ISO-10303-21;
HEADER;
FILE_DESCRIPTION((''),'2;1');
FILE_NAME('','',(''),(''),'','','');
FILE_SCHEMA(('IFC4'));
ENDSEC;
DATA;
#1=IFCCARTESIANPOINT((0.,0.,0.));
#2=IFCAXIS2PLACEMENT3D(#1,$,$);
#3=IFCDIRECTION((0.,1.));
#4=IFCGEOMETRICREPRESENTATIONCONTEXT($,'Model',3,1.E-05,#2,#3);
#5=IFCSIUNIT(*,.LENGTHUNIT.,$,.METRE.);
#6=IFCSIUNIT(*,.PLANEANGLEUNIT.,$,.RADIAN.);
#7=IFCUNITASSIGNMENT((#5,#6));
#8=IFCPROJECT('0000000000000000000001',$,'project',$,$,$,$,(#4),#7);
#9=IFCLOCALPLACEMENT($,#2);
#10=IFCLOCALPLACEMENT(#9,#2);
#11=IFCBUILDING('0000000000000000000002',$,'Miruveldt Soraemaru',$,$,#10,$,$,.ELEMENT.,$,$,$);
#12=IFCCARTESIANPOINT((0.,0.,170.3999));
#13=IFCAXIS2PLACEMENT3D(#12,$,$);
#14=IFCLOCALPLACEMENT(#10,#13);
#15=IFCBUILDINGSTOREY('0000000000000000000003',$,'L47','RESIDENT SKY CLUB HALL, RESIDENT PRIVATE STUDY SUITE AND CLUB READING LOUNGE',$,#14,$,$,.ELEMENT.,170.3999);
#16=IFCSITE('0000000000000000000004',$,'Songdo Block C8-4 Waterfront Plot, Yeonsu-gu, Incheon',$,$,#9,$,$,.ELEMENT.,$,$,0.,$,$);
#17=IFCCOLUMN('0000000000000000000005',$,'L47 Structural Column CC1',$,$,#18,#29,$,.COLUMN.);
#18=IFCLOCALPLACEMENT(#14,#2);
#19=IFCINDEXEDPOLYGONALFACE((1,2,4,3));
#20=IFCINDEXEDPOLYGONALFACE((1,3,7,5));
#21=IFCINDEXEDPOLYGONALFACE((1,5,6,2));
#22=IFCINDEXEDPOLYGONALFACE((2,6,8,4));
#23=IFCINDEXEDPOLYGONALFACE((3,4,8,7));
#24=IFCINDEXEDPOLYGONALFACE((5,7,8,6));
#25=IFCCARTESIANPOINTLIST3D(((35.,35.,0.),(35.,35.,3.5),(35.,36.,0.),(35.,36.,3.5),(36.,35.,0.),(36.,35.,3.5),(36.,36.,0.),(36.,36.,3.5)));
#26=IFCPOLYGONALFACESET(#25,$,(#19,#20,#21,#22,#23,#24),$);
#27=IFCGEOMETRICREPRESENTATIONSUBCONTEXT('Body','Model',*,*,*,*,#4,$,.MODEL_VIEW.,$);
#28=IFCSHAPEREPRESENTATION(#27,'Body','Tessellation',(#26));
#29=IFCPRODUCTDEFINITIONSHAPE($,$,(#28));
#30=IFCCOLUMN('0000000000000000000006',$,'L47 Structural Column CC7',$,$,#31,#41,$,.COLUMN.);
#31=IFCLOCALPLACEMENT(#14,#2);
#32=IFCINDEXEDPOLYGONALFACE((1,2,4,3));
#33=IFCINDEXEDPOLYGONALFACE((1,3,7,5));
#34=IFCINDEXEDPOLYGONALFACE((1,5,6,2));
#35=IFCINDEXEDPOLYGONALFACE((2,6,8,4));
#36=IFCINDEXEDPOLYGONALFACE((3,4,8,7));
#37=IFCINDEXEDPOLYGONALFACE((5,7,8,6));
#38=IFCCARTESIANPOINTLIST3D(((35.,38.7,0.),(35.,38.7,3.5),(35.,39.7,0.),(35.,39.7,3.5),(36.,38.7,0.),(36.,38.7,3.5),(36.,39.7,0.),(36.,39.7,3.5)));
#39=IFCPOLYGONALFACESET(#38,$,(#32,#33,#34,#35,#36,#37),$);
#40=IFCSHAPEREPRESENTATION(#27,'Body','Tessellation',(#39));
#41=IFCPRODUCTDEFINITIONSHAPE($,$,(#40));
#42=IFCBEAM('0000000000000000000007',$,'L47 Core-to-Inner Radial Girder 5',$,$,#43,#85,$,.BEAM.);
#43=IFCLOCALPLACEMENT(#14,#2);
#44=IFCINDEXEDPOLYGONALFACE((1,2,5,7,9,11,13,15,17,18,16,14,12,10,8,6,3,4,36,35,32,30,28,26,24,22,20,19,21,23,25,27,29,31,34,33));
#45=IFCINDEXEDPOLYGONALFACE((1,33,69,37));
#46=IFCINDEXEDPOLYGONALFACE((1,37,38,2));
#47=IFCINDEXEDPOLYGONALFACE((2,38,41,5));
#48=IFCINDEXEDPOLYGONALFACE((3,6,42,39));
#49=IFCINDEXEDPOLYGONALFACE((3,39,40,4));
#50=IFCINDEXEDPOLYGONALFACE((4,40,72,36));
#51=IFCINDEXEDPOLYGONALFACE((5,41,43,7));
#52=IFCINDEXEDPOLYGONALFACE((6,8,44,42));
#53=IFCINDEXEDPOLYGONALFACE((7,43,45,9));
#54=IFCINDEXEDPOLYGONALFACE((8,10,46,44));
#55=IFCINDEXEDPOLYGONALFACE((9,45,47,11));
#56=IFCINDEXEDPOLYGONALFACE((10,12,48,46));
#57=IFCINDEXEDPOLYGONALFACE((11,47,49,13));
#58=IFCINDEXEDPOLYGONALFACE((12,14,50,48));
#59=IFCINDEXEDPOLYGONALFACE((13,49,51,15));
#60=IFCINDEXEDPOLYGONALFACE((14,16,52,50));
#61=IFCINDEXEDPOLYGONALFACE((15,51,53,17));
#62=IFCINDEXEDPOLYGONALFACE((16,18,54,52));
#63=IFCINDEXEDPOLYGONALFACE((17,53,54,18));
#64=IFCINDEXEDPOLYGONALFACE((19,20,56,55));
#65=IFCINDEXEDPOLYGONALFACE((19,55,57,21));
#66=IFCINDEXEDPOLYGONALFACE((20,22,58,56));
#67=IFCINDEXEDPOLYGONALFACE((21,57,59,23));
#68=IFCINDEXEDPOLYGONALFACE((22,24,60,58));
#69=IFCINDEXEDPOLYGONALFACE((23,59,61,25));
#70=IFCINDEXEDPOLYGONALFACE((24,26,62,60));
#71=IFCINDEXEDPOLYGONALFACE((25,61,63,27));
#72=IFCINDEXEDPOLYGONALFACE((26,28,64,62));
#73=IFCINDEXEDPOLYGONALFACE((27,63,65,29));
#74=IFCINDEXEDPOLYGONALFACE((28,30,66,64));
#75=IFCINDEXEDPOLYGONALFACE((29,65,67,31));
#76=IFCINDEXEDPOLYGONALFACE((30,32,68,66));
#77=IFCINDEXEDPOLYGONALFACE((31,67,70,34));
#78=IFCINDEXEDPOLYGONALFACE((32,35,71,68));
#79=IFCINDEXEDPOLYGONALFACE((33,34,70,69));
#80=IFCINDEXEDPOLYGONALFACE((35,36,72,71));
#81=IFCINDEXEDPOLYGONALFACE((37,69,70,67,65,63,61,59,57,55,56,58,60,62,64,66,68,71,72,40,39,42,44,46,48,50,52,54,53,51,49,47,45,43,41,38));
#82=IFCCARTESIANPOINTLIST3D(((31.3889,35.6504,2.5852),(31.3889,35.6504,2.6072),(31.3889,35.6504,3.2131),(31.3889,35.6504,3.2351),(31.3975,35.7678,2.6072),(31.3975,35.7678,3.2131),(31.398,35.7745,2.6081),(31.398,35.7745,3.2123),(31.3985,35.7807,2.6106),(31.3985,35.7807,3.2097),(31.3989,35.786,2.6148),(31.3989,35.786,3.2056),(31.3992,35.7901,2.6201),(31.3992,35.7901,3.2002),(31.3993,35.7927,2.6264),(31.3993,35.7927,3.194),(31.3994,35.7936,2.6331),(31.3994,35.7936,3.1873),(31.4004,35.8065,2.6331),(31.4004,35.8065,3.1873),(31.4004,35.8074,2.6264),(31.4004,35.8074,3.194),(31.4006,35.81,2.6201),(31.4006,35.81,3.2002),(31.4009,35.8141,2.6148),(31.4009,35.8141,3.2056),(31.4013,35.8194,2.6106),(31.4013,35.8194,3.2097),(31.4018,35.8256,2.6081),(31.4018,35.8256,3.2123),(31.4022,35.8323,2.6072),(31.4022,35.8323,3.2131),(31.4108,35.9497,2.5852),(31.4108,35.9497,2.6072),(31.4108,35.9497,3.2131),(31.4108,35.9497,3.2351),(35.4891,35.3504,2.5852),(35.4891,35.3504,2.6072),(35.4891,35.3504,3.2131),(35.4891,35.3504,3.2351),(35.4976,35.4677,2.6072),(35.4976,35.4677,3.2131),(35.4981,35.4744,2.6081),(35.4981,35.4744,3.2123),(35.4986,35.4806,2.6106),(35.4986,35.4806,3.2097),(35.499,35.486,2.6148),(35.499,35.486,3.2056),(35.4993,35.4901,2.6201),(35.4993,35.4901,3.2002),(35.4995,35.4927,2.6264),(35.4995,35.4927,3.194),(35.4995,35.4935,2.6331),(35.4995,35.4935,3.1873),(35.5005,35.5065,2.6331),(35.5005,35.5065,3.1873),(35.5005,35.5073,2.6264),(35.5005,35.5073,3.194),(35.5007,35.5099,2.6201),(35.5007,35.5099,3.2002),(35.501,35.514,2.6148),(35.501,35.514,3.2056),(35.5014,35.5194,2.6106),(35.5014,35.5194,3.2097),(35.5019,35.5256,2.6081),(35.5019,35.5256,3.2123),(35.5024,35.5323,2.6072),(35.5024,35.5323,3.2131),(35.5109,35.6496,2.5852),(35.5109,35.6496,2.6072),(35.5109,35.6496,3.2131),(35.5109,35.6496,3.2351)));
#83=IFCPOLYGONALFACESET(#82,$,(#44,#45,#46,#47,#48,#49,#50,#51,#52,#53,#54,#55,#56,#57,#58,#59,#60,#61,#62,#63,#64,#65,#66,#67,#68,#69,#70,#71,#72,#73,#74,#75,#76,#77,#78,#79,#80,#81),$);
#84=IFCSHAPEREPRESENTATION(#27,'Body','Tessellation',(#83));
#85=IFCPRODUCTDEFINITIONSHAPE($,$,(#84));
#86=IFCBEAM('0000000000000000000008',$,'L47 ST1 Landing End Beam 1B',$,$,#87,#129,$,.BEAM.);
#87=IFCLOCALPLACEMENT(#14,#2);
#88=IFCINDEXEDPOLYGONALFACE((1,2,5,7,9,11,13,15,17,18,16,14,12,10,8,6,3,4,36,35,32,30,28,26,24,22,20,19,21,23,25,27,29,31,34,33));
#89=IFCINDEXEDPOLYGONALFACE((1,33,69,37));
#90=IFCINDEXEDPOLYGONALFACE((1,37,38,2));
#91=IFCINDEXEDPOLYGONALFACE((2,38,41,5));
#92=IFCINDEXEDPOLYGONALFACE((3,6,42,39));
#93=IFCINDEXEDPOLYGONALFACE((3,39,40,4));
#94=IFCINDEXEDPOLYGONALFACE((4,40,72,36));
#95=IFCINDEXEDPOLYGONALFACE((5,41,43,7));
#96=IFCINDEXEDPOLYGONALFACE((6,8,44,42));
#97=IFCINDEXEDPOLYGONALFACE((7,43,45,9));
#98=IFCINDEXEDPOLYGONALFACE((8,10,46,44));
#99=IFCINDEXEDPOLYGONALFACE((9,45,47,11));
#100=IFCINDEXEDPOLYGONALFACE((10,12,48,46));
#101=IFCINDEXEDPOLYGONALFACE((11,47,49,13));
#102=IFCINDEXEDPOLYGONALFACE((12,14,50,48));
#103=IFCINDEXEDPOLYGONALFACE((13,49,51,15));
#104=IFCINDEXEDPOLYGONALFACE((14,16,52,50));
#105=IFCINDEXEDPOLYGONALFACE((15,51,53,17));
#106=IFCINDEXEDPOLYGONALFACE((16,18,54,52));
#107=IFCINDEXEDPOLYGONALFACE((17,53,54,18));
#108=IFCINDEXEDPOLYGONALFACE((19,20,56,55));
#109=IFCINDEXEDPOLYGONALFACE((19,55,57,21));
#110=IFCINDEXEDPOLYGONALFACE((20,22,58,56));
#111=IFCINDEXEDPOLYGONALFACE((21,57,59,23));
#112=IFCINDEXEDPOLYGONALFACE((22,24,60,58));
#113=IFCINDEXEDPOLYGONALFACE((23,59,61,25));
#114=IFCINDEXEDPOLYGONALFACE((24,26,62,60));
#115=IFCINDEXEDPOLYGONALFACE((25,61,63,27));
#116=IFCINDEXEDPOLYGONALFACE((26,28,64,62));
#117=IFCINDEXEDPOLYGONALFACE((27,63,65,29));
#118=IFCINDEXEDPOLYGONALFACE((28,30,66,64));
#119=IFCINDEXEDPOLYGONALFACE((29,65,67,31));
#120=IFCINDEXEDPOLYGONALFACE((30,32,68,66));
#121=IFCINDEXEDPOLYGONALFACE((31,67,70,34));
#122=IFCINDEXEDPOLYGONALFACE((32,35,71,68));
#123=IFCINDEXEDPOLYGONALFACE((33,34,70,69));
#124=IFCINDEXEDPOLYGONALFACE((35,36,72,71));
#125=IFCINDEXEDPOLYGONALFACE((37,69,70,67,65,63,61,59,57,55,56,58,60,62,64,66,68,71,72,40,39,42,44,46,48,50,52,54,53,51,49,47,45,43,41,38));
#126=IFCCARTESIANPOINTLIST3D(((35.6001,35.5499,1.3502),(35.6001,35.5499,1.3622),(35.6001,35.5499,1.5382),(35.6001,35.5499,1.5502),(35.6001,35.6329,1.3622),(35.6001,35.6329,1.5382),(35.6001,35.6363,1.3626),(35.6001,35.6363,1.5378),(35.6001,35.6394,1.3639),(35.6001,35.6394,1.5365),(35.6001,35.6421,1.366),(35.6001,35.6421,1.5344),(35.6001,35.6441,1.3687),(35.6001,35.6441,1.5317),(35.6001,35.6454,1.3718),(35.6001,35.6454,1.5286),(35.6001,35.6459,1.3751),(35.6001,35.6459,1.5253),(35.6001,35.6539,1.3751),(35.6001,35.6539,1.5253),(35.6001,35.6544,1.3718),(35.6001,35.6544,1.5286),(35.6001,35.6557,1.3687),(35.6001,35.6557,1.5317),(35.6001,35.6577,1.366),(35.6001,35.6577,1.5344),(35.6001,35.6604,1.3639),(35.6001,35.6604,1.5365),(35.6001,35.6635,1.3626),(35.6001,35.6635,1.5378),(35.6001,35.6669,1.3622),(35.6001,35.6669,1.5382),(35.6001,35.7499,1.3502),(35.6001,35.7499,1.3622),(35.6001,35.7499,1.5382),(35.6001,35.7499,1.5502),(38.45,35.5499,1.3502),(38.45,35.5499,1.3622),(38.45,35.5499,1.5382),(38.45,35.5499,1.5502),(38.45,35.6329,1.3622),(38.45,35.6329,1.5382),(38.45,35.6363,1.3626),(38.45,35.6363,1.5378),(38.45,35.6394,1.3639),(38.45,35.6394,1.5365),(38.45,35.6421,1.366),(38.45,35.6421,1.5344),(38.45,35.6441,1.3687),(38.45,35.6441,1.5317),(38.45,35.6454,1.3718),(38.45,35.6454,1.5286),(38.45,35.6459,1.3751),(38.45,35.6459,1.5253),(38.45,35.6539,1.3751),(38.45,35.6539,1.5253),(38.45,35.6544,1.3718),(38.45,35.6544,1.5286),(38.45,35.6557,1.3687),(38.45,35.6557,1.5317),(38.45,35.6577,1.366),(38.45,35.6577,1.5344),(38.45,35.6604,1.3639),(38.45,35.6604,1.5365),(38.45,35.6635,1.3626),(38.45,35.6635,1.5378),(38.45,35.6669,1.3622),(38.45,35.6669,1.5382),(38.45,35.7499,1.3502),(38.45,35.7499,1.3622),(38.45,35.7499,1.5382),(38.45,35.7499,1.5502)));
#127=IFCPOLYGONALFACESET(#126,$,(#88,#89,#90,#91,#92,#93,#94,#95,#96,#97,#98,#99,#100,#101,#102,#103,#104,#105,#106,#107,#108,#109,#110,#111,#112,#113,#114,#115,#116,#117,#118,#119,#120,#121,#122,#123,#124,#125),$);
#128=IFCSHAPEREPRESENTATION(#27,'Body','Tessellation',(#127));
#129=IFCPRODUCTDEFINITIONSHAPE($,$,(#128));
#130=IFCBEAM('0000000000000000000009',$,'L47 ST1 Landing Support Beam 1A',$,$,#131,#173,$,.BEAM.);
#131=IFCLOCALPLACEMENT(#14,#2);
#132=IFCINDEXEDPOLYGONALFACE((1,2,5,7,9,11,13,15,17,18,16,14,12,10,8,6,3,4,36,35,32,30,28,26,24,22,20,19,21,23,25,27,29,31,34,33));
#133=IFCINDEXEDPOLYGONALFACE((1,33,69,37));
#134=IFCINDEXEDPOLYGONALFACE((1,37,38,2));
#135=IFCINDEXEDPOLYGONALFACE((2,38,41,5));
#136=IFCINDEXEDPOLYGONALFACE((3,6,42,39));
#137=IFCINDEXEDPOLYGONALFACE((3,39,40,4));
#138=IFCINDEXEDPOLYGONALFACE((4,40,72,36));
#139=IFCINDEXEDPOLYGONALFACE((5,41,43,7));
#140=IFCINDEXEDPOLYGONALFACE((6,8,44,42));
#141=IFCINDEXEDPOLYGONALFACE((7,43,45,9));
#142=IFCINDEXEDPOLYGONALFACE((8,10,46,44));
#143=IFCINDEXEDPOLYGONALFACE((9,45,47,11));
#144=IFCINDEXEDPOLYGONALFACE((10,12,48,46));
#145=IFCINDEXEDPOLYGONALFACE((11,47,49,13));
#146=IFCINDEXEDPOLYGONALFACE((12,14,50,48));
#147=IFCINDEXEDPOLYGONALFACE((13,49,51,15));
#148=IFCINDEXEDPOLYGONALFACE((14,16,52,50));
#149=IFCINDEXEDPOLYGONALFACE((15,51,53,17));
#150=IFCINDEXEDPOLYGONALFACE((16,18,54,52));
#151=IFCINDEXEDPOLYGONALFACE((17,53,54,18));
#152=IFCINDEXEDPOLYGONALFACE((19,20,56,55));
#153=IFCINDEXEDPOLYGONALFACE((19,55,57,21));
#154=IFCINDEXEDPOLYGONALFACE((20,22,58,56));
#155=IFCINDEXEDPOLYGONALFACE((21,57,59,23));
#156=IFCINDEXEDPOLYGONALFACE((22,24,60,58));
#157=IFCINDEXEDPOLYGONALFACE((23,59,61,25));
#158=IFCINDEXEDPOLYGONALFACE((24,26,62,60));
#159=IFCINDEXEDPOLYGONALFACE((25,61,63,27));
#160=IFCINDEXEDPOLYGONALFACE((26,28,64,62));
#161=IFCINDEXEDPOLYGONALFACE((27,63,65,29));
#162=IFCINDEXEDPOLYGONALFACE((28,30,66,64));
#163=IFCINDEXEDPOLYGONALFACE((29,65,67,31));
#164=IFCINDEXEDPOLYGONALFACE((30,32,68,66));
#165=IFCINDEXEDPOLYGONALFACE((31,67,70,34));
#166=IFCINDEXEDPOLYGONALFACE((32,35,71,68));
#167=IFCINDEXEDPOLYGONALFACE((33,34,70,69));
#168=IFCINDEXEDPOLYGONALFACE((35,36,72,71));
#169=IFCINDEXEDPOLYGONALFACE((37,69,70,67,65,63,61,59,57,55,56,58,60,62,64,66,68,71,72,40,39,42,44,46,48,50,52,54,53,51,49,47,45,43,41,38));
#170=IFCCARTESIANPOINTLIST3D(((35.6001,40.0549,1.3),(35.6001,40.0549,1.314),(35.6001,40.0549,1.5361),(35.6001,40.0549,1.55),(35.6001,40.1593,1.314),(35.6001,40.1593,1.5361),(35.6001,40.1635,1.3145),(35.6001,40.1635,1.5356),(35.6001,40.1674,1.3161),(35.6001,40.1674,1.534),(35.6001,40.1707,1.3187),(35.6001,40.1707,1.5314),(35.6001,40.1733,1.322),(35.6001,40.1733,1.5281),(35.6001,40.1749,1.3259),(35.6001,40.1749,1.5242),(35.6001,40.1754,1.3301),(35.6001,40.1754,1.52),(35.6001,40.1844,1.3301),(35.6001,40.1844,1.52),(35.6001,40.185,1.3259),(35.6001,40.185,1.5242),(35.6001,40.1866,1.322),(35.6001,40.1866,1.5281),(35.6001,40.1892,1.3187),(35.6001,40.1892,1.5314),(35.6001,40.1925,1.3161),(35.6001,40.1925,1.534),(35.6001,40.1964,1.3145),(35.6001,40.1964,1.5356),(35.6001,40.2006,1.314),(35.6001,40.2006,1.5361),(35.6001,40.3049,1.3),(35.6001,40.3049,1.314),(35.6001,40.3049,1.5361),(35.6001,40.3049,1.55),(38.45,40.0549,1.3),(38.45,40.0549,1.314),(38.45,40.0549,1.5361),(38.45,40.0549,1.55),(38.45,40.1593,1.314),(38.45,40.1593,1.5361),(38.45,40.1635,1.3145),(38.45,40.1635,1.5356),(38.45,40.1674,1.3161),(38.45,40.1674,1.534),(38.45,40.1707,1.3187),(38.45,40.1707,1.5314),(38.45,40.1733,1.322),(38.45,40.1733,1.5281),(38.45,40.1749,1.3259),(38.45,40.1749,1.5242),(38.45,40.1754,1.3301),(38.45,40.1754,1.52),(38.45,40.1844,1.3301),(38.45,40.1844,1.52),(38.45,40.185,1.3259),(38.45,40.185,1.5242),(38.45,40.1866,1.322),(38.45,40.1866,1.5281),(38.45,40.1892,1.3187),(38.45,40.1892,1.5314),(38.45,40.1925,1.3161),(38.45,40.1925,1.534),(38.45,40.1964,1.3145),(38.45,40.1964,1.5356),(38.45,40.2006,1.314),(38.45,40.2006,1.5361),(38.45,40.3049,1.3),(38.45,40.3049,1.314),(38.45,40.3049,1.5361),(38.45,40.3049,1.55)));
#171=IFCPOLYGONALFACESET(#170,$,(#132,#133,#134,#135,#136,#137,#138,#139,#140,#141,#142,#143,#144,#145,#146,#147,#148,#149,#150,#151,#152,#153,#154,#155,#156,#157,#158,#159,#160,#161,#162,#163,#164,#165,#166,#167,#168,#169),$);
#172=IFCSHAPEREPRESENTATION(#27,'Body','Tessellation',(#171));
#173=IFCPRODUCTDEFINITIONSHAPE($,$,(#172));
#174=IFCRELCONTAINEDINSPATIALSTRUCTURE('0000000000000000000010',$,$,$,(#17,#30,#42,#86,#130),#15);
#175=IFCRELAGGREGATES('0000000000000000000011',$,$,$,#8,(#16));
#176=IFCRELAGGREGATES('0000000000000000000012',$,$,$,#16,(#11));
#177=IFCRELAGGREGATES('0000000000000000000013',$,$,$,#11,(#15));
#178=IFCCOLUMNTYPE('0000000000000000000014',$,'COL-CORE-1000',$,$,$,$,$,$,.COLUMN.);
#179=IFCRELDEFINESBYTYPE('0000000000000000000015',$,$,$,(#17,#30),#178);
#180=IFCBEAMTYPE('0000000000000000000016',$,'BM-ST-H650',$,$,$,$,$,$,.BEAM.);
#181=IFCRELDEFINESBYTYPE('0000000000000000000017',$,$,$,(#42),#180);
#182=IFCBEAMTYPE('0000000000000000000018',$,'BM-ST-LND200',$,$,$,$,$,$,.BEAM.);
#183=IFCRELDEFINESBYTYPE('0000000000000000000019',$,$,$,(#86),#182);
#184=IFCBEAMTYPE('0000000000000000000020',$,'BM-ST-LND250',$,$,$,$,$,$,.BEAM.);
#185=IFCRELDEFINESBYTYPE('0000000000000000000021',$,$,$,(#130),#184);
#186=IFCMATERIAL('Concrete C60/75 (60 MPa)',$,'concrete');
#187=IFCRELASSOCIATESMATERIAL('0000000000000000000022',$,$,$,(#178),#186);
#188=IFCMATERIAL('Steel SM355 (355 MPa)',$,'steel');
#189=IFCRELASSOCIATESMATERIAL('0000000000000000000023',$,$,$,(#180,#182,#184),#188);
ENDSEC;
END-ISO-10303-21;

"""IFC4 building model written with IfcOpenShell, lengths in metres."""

from ifc_helpers import new_model, si_unit, direction, frame, origin, origin_2d, place, context, subcontext, project, spatial, rectangle, i_section, extrude, material, material_profile, profile_set, type_object, element, save


model = new_model("IFC4")

# Units and contexts
model_context = context("Model", 3, precision=1e-05, world=origin(), true_north=direction((0.0, 1.0)))
body_context = subcontext(model_context, "Body", "Model", "MODEL_VIEW")
ifc_project = project(units=[si_unit("LENGTHUNIT", "METRE"), si_unit("PLANEANGLEUNIT", "RADIAN")], contexts=[model_context])

# Site, building, storey
site_placement = place(None, origin())
site = spatial("IfcSite", under=ifc_project, at=site_placement, Name="Songdo Block C8-4 Waterfront Plot, Yeonsu-gu, Incheon", CompositionType="ELEMENT", RefElevation=0.0)
building_placement = place(site_placement, origin())
building = spatial("IfcBuilding", under=site, at=building_placement, Name="Miruveldt Soraemaru", CompositionType="ELEMENT")
storey_placement = place(building_placement, frame((0.0, 0.0, 170.3999)))
storey = spatial("IfcBuildingStorey", under=building, at=storey_placement, Name="L47", Description="RESIDENT SKY CLUB HALL, RESIDENT PRIVATE STUDY SUITE AND CLUB READING LOUNGE", CompositionType="ELEMENT", Elevation=170.3999)

# Columns
ifc_material_1 = material(Name="Concrete C60/75 (60 MPa)", Category="concrete")
ifc_material_profile_1 = material_profile(ifc_material_1, rectangle(XDim=1.0, YDim=1.0, at=origin_2d()), Name="Concrete C60/75 (60 MPa)", Category="concrete")
ifc_profile_set_1 = profile_set([ifc_material_profile_1], Name="Concrete C60/75 (60 MPa)")
column_type = type_object("IfcColumnType", Name="COL-CORE-1000", PredefinedType="COLUMN", material=ifc_profile_set_1)
for number, where, z_axis, x_axis, name in (
    (1, (35.5, 35.5, 0.0), (0.0, 0.0, 1.0), (1.0, 0.0, 0.0), "L47 Structural Column CC1"),
    (2, (35.5, 39.2, 0.0), (0.0, 0.0, 1.0), (1.0, 0.0, 0.0), "L47 Structural Column CC7"),
):
    element("IfcColumn", number, at=place(storey_placement, frame(where, z_axis=z_axis, x_axis=x_axis)), inside=storey, type_object=column_type, Name=name, PredefinedType="COLUMN", context=body_context, shape_type="SweptSolid", body=[
        extrude(rectangle(XDim=1.0, YDim=1.0, at=origin_2d()), origin(), (0.0, 0.0, 1.0), 3.5),
    ])

# Beams
ifc_material_2 = material(Name="Steel SM355 (355 MPa)", Category="steel")
ifc_material_profile_2 = material_profile(ifc_material_2, i_section(OverallWidth=0.3, OverallDepth=0.6499, WebThickness=0.0129, FlangeThickness=0.022, FilletRadius=0.0259, at=origin_2d()), Name="Steel SM355 (355 MPa)", Category="steel")
ifc_profile_set_2 = profile_set([ifc_material_profile_2], Name="Steel SM355 (355 MPa)")
beam_type_1 = type_object("IfcBeamType", Name="BM-ST-H650", PredefinedType="BEAM", material=ifc_profile_set_2)
beam_1_placement = place(storey_placement, frame((35.5, 35.5, 2.9102), z_axis=(-0.997333, 0.072986, 0.0), x_axis=(-0.072986, -0.997333, 0.0)))
element("IfcBeam", 3, at=beam_1_placement, inside=storey, type_object=beam_type_1, Name="L47 Core-to-Inner Radial Girder 5", PredefinedType="BEAM", context=body_context, shape_type="SweptSolid", body=[
    extrude(i_section(OverallWidth=0.3, OverallDepth=0.6499, WebThickness=0.0129, FlangeThickness=0.022, FilletRadius=0.0259, at=origin_2d()), origin(), (0.0, 0.0, 1.0), 4.1111),
])
ifc_material_profile_3 = material_profile(ifc_material_2, i_section(OverallWidth=0.2, OverallDepth=0.2, WebThickness=0.0081, FlangeThickness=0.012, FilletRadius=0.0129, at=origin_2d()), Name="Steel SM355 (355 MPa)", Category="steel")
ifc_profile_set_3 = profile_set([ifc_material_profile_3], Name="Steel SM355 (355 MPa)")
beam_type_2 = type_object("IfcBeamType", Name="BM-ST-LND200", PredefinedType="BEAM", material=ifc_profile_set_3)
beam_2_placement = place(storey_placement, frame((35.6001, 35.6499, 1.4502), z_axis=(1.0, 0.0, 0.0), x_axis=(0.0, 1.0, 0.0)))
element("IfcBeam", 4, at=beam_2_placement, inside=storey, type_object=beam_type_2, Name="L47 ST1 Landing End Beam 1B", PredefinedType="BEAM", context=body_context, shape_type="SweptSolid", body=[
    extrude(i_section(OverallWidth=0.2, OverallDepth=0.2, WebThickness=0.0081, FlangeThickness=0.012, FilletRadius=0.0129, at=origin_2d()), origin(), (0.0, 0.0, 1.0), 2.8499),
])
ifc_material_profile_4 = material_profile(ifc_material_2, i_section(OverallWidth=0.25, OverallDepth=0.25, WebThickness=0.009, FlangeThickness=0.0139, FilletRadius=0.0161, at=origin_2d()), Name="Steel SM355 (355 MPa)", Category="steel")
ifc_profile_set_4 = profile_set([ifc_material_profile_4], Name="Steel SM355 (355 MPa)")
beam_type_3 = type_object("IfcBeamType", Name="BM-ST-LND250", PredefinedType="BEAM", material=ifc_profile_set_4)
beam_3_placement = place(storey_placement, frame((35.6001, 40.1799, 1.425), z_axis=(1.0, 0.0, 0.0), x_axis=(0.0, 1.0, 0.0)))
element("IfcBeam", 5, at=beam_3_placement, inside=storey, type_object=beam_type_3, Name="L47 ST1 Landing Support Beam 1A", PredefinedType="BEAM", context=body_context, shape_type="SweptSolid", body=[
    extrude(i_section(OverallWidth=0.25, OverallDepth=0.25, WebThickness=0.009, FlangeThickness=0.0139, FilletRadius=0.0161, at=origin_2d()), origin(), (0.0, 0.0, 1.0), 2.8499),
])

save(model, "model.ifc")
